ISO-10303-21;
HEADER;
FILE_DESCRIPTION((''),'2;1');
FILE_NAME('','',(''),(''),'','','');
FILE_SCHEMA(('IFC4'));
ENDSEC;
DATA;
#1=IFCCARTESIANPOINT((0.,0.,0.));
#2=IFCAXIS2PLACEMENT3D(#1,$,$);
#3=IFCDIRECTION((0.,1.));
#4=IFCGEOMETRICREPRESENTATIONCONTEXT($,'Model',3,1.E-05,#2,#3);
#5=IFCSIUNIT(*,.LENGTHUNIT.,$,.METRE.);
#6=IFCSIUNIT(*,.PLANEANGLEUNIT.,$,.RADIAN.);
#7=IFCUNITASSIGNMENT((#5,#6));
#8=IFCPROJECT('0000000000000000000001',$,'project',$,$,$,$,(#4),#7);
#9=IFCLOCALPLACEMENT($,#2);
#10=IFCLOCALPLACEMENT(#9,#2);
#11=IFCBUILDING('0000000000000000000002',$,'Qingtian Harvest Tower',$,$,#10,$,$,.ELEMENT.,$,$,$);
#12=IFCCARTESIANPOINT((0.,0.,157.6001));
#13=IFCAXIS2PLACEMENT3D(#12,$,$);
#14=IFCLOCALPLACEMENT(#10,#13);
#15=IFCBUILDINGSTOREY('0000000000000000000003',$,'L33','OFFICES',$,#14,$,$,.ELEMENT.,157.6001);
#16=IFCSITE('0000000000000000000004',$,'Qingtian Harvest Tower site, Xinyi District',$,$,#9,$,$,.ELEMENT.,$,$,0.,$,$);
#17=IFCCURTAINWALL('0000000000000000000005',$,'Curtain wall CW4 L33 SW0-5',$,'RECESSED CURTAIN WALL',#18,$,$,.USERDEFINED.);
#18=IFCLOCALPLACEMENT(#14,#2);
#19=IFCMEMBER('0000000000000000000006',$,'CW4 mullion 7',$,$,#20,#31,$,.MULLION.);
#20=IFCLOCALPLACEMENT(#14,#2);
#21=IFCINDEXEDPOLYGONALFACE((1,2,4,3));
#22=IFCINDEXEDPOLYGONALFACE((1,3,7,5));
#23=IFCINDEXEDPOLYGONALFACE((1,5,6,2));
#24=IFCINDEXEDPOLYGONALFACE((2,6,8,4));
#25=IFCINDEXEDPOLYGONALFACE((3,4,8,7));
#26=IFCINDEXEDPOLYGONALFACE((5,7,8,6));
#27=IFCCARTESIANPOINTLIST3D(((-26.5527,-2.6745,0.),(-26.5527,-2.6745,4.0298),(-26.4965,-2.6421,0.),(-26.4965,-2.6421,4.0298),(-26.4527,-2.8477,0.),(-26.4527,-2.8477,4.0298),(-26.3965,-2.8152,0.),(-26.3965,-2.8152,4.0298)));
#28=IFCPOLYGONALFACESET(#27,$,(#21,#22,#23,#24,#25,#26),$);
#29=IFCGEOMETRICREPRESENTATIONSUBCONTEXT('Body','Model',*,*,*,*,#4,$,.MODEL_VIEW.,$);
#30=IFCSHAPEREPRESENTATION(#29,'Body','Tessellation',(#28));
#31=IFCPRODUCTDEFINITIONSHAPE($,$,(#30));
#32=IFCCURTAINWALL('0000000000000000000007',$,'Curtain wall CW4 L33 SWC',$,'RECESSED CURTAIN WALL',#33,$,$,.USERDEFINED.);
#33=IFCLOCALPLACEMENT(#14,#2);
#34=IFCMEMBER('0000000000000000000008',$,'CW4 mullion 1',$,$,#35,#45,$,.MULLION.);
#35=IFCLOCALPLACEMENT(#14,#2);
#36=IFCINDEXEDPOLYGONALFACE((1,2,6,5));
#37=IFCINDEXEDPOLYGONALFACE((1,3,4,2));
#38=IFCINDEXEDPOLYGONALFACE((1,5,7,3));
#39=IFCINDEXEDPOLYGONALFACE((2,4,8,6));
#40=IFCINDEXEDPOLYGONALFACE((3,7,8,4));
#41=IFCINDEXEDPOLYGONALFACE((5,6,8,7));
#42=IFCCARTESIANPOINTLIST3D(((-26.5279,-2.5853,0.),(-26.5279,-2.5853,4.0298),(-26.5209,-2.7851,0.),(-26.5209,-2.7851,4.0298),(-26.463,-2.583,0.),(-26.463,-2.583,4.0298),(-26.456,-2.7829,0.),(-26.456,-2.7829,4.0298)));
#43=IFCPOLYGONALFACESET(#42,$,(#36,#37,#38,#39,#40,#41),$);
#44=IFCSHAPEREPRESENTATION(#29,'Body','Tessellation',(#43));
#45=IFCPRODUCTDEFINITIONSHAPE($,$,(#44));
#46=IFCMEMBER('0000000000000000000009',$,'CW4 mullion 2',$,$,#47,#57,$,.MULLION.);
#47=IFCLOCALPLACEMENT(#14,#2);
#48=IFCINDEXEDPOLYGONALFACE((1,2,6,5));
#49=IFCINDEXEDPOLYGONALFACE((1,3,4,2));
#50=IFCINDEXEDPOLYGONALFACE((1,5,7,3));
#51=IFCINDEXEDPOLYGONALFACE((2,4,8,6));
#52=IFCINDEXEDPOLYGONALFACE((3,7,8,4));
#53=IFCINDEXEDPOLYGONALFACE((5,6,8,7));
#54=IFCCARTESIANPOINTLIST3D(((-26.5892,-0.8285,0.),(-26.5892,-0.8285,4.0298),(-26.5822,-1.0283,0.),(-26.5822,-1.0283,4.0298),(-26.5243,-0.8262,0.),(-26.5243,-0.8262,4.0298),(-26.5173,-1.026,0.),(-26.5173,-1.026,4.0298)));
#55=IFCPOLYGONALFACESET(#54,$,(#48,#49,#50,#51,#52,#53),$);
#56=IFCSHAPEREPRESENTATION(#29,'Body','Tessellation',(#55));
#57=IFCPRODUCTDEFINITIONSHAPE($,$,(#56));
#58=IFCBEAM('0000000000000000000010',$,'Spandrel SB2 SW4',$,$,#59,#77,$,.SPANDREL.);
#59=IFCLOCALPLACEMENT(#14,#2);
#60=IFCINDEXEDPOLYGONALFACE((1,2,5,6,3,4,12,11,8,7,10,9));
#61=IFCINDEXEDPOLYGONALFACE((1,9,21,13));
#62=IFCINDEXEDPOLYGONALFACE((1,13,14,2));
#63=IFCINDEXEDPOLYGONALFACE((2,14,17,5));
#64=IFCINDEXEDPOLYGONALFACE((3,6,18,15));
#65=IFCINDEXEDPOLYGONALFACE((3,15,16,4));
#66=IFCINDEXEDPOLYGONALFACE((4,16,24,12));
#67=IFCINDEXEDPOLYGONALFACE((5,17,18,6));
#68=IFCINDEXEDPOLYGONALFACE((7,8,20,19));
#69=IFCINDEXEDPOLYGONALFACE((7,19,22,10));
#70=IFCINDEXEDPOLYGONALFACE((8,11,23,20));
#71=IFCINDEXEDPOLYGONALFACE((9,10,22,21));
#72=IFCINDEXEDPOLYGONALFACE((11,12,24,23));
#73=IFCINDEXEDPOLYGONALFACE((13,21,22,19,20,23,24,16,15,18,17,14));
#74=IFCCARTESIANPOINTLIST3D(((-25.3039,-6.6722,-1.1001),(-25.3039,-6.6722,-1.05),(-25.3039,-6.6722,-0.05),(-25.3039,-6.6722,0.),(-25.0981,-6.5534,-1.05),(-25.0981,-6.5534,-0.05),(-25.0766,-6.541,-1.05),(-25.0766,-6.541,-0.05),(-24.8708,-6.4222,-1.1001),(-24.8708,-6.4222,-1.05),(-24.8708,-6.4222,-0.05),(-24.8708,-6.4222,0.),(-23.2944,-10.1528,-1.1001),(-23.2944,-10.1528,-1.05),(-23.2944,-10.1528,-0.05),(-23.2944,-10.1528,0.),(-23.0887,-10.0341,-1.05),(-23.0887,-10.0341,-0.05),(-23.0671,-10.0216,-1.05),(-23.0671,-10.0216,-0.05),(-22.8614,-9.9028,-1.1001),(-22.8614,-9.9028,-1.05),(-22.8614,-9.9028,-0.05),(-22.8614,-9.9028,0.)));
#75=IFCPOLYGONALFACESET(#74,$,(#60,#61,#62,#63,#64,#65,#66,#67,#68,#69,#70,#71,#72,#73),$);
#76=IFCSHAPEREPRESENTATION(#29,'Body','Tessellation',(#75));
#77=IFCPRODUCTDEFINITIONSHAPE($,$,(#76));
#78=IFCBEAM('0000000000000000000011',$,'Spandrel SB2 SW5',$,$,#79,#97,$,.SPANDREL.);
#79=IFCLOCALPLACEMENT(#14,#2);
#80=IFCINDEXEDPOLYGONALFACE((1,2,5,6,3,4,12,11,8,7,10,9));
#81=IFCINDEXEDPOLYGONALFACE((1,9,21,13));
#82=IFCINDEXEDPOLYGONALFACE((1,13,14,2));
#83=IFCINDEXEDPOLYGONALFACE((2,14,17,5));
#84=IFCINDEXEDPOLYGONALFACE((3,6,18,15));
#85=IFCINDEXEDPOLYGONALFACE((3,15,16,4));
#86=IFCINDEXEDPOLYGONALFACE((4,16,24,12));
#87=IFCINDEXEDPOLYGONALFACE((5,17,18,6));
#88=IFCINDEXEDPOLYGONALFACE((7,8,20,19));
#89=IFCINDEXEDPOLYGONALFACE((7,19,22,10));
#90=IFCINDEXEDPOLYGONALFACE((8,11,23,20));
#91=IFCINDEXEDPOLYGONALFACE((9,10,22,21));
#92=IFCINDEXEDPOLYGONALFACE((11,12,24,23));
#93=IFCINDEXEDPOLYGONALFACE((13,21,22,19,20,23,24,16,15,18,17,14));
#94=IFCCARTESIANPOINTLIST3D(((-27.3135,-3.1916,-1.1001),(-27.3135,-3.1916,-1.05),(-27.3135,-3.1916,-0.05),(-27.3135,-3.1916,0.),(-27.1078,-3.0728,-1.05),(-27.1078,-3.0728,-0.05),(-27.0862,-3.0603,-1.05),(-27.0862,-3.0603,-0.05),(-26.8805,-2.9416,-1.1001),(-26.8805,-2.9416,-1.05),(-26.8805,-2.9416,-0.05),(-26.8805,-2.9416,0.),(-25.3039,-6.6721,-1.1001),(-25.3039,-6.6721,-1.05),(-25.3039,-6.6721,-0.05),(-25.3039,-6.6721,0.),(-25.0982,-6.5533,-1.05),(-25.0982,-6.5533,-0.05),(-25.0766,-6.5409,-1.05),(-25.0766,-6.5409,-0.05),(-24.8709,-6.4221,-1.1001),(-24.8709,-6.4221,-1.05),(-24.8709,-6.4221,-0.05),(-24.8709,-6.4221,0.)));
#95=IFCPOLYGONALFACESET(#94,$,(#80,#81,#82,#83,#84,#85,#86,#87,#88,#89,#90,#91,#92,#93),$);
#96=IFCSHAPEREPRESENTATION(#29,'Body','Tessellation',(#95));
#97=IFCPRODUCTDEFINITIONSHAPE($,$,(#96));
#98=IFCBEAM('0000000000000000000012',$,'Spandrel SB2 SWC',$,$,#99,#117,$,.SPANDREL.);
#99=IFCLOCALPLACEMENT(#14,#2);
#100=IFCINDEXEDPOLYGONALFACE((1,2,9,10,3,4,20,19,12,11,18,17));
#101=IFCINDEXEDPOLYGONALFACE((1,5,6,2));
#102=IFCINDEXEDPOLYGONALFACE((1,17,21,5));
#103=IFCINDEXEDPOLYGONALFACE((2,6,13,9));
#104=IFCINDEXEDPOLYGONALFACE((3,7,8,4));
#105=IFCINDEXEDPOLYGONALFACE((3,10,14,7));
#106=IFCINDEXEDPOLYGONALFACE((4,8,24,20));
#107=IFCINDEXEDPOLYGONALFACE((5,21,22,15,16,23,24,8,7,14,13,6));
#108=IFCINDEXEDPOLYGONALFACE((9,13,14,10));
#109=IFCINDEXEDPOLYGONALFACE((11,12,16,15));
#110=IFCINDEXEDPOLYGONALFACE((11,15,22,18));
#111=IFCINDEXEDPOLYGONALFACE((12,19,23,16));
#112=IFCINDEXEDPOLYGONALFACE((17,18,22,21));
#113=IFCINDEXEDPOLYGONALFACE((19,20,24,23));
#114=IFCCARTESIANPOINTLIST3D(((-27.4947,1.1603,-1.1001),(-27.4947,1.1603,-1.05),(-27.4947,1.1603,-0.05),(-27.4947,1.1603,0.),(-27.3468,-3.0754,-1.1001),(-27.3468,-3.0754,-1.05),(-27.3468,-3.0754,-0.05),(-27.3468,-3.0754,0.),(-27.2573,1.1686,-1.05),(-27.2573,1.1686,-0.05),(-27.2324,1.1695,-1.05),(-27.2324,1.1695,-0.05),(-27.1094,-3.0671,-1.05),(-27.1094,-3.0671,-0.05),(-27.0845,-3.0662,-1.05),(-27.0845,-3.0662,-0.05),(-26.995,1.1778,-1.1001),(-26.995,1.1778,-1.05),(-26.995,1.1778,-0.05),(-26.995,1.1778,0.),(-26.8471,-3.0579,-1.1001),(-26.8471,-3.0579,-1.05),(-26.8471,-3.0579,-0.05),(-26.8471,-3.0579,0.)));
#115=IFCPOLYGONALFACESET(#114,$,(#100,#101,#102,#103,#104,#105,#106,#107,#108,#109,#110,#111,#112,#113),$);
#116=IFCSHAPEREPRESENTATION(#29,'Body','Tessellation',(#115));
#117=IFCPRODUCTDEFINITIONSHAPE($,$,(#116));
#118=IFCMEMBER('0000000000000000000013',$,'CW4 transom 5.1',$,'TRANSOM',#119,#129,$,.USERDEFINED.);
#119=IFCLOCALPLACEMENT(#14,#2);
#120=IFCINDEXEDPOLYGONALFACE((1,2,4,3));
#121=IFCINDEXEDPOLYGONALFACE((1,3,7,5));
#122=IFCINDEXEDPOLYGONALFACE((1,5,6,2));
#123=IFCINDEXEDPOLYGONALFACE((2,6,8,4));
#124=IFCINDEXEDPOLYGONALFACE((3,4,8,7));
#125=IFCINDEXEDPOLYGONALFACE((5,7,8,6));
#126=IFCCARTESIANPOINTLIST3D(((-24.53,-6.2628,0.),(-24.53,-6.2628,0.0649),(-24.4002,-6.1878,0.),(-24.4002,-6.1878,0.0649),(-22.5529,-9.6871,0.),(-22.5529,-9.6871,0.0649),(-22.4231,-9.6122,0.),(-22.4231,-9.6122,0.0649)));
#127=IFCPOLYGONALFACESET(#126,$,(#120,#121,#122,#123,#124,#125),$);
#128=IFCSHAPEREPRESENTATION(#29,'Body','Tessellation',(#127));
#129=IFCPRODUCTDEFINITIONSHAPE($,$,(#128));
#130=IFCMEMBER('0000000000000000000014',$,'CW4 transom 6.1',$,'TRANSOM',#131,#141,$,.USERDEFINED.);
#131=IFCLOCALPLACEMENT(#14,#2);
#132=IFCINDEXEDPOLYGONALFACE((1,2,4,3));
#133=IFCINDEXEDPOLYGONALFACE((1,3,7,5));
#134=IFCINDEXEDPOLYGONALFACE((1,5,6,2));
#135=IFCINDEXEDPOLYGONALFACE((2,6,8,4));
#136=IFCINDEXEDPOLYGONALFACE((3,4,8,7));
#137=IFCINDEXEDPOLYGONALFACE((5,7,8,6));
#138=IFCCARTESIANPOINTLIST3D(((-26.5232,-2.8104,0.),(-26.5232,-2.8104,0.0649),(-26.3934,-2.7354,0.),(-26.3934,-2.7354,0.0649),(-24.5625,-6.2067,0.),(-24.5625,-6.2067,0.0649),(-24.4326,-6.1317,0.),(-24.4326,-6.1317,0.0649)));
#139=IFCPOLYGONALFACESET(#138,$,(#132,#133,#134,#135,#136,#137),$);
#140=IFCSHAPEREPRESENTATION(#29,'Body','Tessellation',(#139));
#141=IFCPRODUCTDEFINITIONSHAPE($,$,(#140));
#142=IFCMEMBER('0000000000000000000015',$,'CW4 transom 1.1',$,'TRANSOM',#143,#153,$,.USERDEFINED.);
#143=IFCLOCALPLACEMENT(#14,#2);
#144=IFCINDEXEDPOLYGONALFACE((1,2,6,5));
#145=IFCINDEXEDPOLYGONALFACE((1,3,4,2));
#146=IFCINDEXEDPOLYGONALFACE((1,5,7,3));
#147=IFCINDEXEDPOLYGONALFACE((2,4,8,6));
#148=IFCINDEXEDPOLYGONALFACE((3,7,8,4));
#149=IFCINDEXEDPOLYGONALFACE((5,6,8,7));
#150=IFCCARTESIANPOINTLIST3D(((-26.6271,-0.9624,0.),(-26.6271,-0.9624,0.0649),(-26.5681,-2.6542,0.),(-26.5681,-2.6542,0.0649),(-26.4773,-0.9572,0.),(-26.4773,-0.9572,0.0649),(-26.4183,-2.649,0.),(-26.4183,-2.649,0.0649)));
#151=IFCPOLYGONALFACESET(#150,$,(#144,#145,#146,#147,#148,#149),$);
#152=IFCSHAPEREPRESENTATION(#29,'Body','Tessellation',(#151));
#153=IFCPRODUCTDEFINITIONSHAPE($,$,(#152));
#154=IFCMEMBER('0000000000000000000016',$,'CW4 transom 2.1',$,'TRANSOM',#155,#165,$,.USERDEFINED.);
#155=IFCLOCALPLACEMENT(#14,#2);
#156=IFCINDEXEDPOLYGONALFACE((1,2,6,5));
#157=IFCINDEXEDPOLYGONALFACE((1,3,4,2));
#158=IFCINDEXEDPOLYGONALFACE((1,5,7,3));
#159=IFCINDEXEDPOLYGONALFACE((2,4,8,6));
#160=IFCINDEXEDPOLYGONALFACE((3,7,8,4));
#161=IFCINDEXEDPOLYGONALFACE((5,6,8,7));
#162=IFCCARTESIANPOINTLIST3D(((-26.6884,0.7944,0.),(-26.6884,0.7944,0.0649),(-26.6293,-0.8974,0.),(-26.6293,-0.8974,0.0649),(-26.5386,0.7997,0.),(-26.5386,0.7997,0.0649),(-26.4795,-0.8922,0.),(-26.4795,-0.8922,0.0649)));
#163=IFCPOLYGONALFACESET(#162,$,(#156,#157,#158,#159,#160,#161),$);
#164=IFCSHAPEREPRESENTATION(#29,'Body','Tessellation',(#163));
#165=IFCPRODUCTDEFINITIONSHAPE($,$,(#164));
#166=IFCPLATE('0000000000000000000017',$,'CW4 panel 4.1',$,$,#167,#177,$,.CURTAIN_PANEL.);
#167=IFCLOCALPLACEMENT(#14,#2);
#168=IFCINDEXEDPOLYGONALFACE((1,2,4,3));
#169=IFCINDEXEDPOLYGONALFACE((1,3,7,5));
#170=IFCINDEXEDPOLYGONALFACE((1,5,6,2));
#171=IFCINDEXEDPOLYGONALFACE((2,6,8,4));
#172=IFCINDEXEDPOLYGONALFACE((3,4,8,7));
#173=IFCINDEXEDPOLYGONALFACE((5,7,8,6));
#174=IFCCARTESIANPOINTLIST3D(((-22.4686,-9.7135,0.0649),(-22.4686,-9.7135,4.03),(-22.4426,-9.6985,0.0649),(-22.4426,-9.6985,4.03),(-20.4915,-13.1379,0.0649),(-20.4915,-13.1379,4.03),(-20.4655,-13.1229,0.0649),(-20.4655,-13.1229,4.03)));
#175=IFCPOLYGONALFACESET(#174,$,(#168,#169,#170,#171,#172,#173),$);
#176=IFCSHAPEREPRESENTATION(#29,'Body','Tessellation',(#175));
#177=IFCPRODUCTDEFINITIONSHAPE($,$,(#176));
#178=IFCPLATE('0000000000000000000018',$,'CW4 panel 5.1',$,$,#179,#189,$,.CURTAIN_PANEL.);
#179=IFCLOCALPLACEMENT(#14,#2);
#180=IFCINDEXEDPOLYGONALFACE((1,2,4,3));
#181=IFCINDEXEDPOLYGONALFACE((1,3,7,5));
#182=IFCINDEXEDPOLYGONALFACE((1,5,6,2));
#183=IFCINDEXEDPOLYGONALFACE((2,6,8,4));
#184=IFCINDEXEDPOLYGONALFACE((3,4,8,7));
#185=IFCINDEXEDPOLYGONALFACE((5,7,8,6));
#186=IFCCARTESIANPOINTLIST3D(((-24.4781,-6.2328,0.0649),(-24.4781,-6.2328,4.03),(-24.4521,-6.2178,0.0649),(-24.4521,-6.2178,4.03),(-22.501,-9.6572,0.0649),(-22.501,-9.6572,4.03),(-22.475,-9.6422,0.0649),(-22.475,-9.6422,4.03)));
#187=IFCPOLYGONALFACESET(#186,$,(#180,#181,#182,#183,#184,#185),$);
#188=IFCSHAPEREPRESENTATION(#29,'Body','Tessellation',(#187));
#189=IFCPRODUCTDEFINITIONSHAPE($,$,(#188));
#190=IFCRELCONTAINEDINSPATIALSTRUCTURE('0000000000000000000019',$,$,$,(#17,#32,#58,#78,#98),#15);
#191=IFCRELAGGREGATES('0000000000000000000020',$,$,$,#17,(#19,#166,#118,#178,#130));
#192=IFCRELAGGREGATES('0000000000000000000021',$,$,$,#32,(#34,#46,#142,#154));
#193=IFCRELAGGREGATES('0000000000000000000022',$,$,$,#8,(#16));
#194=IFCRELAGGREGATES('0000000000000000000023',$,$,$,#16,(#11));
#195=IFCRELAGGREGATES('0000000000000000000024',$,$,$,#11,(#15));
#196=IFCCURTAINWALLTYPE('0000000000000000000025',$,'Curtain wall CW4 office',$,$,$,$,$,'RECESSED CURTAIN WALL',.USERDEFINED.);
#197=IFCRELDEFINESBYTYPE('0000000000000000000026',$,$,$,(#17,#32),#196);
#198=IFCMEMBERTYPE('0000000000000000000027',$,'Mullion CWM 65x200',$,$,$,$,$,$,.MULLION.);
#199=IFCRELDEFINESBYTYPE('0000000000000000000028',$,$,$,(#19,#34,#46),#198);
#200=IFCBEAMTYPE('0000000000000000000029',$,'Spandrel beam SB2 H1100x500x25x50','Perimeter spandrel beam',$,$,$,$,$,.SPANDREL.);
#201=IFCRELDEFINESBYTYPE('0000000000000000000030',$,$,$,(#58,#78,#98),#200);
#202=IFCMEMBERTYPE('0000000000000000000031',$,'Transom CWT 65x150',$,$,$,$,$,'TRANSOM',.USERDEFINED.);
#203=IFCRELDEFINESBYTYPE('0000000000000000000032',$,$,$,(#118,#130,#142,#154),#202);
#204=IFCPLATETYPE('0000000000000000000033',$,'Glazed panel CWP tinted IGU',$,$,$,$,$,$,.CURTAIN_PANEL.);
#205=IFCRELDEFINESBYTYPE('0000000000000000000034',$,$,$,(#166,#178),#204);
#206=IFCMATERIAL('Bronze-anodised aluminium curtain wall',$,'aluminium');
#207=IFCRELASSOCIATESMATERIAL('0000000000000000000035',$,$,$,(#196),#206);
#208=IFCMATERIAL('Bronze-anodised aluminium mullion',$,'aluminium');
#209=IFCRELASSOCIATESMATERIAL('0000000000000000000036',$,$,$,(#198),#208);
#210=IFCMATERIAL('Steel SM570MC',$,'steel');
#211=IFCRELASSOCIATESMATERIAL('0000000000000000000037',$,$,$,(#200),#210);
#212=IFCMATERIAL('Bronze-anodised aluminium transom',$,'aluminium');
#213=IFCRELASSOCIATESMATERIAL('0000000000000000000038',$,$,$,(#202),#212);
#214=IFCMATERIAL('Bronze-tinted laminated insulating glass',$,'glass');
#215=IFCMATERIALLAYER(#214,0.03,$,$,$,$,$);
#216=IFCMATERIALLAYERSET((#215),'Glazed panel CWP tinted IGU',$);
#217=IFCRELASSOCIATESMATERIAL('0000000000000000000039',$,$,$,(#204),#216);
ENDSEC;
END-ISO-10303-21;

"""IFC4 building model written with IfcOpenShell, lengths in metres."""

from ifc_helpers import new_model, si_unit, direction, frame, origin, origin_2d, place, context, subcontext, project, spatial, rectangle, i_section, extrude, material, layer, layer_set, material_profile, profile_set, type_object, element, aggregate, save


model = new_model("IFC4")

# Units and contexts
model_context = context("Model", 3, precision=1e-05, world=origin(), true_north=direction((0.0, 1.0)))
body_context = subcontext(model_context, "Body", "Model", "MODEL_VIEW")
ifc_project = project(units=[si_unit("LENGTHUNIT", "METRE"), si_unit("PLANEANGLEUNIT", "RADIAN")], contexts=[model_context])

# Site, building, storey
site_placement = place(None, origin())
site = spatial("IfcSite", under=ifc_project, at=site_placement, Name="Qingtian Harvest Tower site, Xinyi District", CompositionType="ELEMENT", RefElevation=0.0)
building_placement = place(site_placement, origin())
building = spatial("IfcBuilding", under=site, at=building_placement, Name="Qingtian Harvest Tower", CompositionType="ELEMENT")
storey_placement = place(building_placement, frame((0.0, 0.0, 157.6001)))
storey = spatial("IfcBuildingStorey", under=building, at=storey_placement, Name="L33", Description="OFFICES", CompositionType="ELEMENT", Elevation=157.6001)

# Curtain walls, members
ifc_material_1 = material(Name="Bronze-anodised aluminium curtain wall", Category="aluminium")
curtain_wall_type = type_object("IfcCurtainWallType", Name="Curtain wall CW4 office", ElementType="RECESSED CURTAIN WALL", PredefinedType="USERDEFINED", material=ifc_material_1)
curtain_wall_1_placement = place(storey_placement, origin())
curtain_wall_1 = element("IfcCurtainWall", 1, at=curtain_wall_1_placement, inside=storey, type_object=curtain_wall_type, Name="Curtain wall CW4 L33 SW0-5", ObjectType="RECESSED CURTAIN WALL", PredefinedType="USERDEFINED")
ifc_material_2 = material(Name="Bronze-anodised aluminium mullion", Category="aluminium")
ifc_material_profile_1 = material_profile(ifc_material_2, rectangle(XDim=0.0649, YDim=0.2, at=origin_2d()), Name="AL 65x200")
ifc_profile_set_1 = profile_set([ifc_material_profile_1], Name="Bronze-anodised aluminium mullion")
member_type_1 = type_object("IfcMemberType", Name="Mullion CWM 65x200", PredefinedType="MULLION", material=ifc_profile_set_1)
member_1_placement = place(storey_placement, frame((-26.4746, -2.7449, 0.0), z_axis=(0.0, 0.0, 1.0), x_axis=(-0.866025, -0.5, 0.0)))
member_1 = element("IfcMember", 2, at=member_1_placement, type_object=member_type_1, Name="CW4 mullion 7", PredefinedType="MULLION", context=body_context, shape_type="SweptSolid", body=[
    extrude(rectangle(XDim=0.0649, YDim=0.2, at=origin_2d()), origin(), (0.0, 0.0, 1.0), 4.0298),
])
curtain_wall_2_placement = place(storey_placement, origin())
curtain_wall_2 = element("IfcCurtainWall", 3, at=curtain_wall_2_placement, inside=storey, type_object=curtain_wall_type, Name="Curtain wall CW4 L33 SWC", ObjectType="RECESSED CURTAIN WALL", PredefinedType="USERDEFINED")
member_2_placement = place(storey_placement, frame((-26.4919, -2.6841, 0.0), z_axis=(0.0, 0.0, 1.0), x_axis=(-0.999391, -0.034899, 0.0)))
member_2 = element("IfcMember", 4, at=member_2_placement, type_object=member_type_1, Name="CW4 mullion 1", PredefinedType="MULLION", context=body_context, shape_type="SweptSolid", body=[
    extrude(rectangle(XDim=0.0649, YDim=0.2, at=origin_2d()), origin(), (0.0, 0.0, 1.0), 4.0298),
])
member_3_placement = place(storey_placement, frame((-26.5532, -0.9272, 0.0), z_axis=(0.0, 0.0, 1.0), x_axis=(-0.999391, -0.034899, 0.0)))
member_3 = element("IfcMember", 5, at=member_3_placement, type_object=member_type_1, Name="CW4 mullion 2", PredefinedType="MULLION", context=body_context, shape_type="SweptSolid", body=[
    extrude(rectangle(XDim=0.0649, YDim=0.2, at=origin_2d()), origin(), (0.0, 0.0, 1.0), 4.0298),
])

# Beams
ifc_material_3 = material(Name="Steel SM570MC", Category="steel")
ifc_material_profile_2 = material_profile(ifc_material_3, i_section(OverallWidth=0.5, OverallDepth=1.1001, WebThickness=0.0249, FlangeThickness=0.05, at=origin_2d()), Name="H1100x500x25x50")
ifc_profile_set_2 = profile_set([ifc_material_profile_2], Name="Steel SM570MC")
beam_type_1 = type_object("IfcBeamType", Name="Spandrel beam SB2 H1100x500x25x50", Description="Perimeter spandrel beam", PredefinedType="SPANDREL", material=ifc_profile_set_2)
for number, where, z_axis, x_axis, name in (
    (6, (-23.0779, -10.0278, -0.55), (-0.499987, 0.866033, 0.0), (-0.866033, -0.499987, 0.0), "Spandrel SB2 SW4"),
    (7, (-25.0874, -6.5471, -0.55), (-0.500013, 0.866018, 0.0), (-0.866018, -0.500013, 0.0), "Spandrel SB2 SW5"),
):
    element("IfcBeam", number, at=place(storey_placement, frame(where, z_axis=z_axis, x_axis=x_axis)), inside=storey, type_object=beam_type_1, Name=name, PredefinedType="SPANDREL", context=body_context, shape_type="SweptSolid", body=[
        extrude(i_section(OverallWidth=0.5, OverallDepth=1.1001, WebThickness=0.0249, FlangeThickness=0.05, at=origin_2d()), origin(), (0.0, 0.0, 1.0), 4.019),
    ])
beam_1_placement = place(storey_placement, frame((-27.0969, -3.0667, -0.55), z_axis=(-0.034909, 0.999391, 0.0), x_axis=(-0.999391, -0.034909, 0.0)))
element("IfcBeam", 8, at=beam_1_placement, inside=storey, type_object=beam_type_1, Name="Spandrel SB2 SWC", PredefinedType="SPANDREL", context=body_context, shape_type="SweptSolid", body=[
    extrude(i_section(OverallWidth=0.5, OverallDepth=1.1001, WebThickness=0.0249, FlangeThickness=0.05, at=origin_2d()), origin(), (0.0, 0.0, 1.0), 4.2383),
])

# Members
ifc_material_4 = material(Name="Bronze-anodised aluminium transom", Category="aluminium")
ifc_material_profile_3 = material_profile(ifc_material_4, rectangle(XDim=0.1499, YDim=0.0649, at=origin_2d()), Name="AL 65x150")
ifc_profile_set_3 = profile_set([ifc_material_profile_3], Name="Bronze-anodised aluminium transom")
member_type_2 = type_object("IfcMemberType", Name="Transom CWT 65x150", ElementType="TRANSOM", PredefinedType="USERDEFINED", material=ifc_profile_set_3)
member_4_placement = place(storey_placement, frame((-22.488, -9.6497, 0.0325), z_axis=(-0.500004, 0.866023, 0.0), x_axis=(-0.866023, -0.500004, 0.0)))
member_4 = element("IfcMember", 9, at=member_4_placement, type_object=member_type_2, Name="CW4 transom 5.1", ObjectType="TRANSOM", PredefinedType="USERDEFINED", context=body_context, shape_type="SweptSolid", body=[
    extrude(rectangle(XDim=0.1499, YDim=0.0649, at=origin_2d()), origin(), (0.0, 0.0, 1.0), 3.9541),
])
member_5_placement = place(storey_placement, frame((-24.4976, -6.1692, 0.0325), z_axis=(-0.499976, 0.866039, 0.0), x_axis=(-0.866039, -0.499976, 0.0)))
member_5 = element("IfcMember", 10, at=member_5_placement, type_object=member_type_2, Name="CW4 transom 6.1", ObjectType="TRANSOM", PredefinedType="USERDEFINED", context=body_context, shape_type="SweptSolid", body=[
    extrude(rectangle(XDim=0.1499, YDim=0.0649, at=origin_2d()), origin(), (0.0, 0.0, 1.0), 3.9216),
])
member_6_placement = place(storey_placement, frame((-26.4932, -2.6516, 0.0325), z_axis=(-0.034899, 0.999391, 0.0), x_axis=(-0.999391, -0.034899, 0.0)))
member_6 = element("IfcMember", 11, at=member_6_placement, type_object=member_type_2, Name="CW4 transom 1.1", ObjectType="TRANSOM", PredefinedType="USERDEFINED", context=body_context, shape_type="SweptSolid", body=[
    extrude(rectangle(XDim=0.1499, YDim=0.0649, at=origin_2d()), origin(), (0.0, 0.0, 1.0), 1.6929),
])
member_7_placement = place(storey_placement, frame((-26.5544, -0.8948, 0.0325), z_axis=(-0.034899, 0.999391, 0.0), x_axis=(-0.999391, -0.034899, 0.0)))
member_7 = element("IfcMember", 12, at=member_7_placement, type_object=member_type_2, Name="CW4 transom 2.1", ObjectType="TRANSOM", PredefinedType="USERDEFINED", context=body_context, shape_type="SweptSolid", body=[
    extrude(rectangle(XDim=0.1499, YDim=0.0649, at=origin_2d()), origin(), (0.0, 0.0, 1.0), 1.6929),
])

# Plates
ifc_material_5 = material(Name="Bronze-tinted laminated insulating glass", Category="glass")
ifc_layer_1 = layer(ifc_material_5, 0.03)
ifc_layer_set_1 = layer_set([ifc_layer_1], Name="Glazed panel CWP tinted IGU")
plate_type = type_object("IfcPlateType", Name="Glazed panel CWP tinted IGU", PredefinedType="CURTAIN_PANEL", material=ifc_layer_set_1)
plate_1_placement = place(storey_placement, frame((-21.467, -11.4182, 0.0649), z_axis=(0.0, 0.0, 1.0), x_axis=(-0.5, 0.866025, 0.0)))
plate_1 = element("IfcPlate", 13, at=plate_1_placement, type_object=plate_type, Name="CW4 panel 4.1", PredefinedType="CURTAIN_PANEL", context=body_context, shape_type="SweptSolid", body=[
    extrude(rectangle(XDim=3.9541, YDim=0.03, at=origin_2d()), origin(), (0.0, 0.0, 1.0), 3.9651),
])
plate_2_placement = place(storey_placement, frame((-23.4766, -7.9375, 0.0649), z_axis=(0.0, 0.0, 1.0), x_axis=(-0.5, 0.866025, 0.0)))
plate_2 = element("IfcPlate", 14, at=plate_2_placement, type_object=plate_type, Name="CW4 panel 5.1", PredefinedType="CURTAIN_PANEL", context=body_context, shape_type="SweptSolid", body=[
    extrude(rectangle(XDim=3.9541, YDim=0.03, at=origin_2d()), origin(), (0.0, 0.0, 1.0), 3.9651),
])
aggregate(curtain_wall_1, [member_1, plate_1, member_4, plate_2, member_5])
aggregate(curtain_wall_2, [member_2, member_3, member_6, member_7])

save(model, "model.ifc")
